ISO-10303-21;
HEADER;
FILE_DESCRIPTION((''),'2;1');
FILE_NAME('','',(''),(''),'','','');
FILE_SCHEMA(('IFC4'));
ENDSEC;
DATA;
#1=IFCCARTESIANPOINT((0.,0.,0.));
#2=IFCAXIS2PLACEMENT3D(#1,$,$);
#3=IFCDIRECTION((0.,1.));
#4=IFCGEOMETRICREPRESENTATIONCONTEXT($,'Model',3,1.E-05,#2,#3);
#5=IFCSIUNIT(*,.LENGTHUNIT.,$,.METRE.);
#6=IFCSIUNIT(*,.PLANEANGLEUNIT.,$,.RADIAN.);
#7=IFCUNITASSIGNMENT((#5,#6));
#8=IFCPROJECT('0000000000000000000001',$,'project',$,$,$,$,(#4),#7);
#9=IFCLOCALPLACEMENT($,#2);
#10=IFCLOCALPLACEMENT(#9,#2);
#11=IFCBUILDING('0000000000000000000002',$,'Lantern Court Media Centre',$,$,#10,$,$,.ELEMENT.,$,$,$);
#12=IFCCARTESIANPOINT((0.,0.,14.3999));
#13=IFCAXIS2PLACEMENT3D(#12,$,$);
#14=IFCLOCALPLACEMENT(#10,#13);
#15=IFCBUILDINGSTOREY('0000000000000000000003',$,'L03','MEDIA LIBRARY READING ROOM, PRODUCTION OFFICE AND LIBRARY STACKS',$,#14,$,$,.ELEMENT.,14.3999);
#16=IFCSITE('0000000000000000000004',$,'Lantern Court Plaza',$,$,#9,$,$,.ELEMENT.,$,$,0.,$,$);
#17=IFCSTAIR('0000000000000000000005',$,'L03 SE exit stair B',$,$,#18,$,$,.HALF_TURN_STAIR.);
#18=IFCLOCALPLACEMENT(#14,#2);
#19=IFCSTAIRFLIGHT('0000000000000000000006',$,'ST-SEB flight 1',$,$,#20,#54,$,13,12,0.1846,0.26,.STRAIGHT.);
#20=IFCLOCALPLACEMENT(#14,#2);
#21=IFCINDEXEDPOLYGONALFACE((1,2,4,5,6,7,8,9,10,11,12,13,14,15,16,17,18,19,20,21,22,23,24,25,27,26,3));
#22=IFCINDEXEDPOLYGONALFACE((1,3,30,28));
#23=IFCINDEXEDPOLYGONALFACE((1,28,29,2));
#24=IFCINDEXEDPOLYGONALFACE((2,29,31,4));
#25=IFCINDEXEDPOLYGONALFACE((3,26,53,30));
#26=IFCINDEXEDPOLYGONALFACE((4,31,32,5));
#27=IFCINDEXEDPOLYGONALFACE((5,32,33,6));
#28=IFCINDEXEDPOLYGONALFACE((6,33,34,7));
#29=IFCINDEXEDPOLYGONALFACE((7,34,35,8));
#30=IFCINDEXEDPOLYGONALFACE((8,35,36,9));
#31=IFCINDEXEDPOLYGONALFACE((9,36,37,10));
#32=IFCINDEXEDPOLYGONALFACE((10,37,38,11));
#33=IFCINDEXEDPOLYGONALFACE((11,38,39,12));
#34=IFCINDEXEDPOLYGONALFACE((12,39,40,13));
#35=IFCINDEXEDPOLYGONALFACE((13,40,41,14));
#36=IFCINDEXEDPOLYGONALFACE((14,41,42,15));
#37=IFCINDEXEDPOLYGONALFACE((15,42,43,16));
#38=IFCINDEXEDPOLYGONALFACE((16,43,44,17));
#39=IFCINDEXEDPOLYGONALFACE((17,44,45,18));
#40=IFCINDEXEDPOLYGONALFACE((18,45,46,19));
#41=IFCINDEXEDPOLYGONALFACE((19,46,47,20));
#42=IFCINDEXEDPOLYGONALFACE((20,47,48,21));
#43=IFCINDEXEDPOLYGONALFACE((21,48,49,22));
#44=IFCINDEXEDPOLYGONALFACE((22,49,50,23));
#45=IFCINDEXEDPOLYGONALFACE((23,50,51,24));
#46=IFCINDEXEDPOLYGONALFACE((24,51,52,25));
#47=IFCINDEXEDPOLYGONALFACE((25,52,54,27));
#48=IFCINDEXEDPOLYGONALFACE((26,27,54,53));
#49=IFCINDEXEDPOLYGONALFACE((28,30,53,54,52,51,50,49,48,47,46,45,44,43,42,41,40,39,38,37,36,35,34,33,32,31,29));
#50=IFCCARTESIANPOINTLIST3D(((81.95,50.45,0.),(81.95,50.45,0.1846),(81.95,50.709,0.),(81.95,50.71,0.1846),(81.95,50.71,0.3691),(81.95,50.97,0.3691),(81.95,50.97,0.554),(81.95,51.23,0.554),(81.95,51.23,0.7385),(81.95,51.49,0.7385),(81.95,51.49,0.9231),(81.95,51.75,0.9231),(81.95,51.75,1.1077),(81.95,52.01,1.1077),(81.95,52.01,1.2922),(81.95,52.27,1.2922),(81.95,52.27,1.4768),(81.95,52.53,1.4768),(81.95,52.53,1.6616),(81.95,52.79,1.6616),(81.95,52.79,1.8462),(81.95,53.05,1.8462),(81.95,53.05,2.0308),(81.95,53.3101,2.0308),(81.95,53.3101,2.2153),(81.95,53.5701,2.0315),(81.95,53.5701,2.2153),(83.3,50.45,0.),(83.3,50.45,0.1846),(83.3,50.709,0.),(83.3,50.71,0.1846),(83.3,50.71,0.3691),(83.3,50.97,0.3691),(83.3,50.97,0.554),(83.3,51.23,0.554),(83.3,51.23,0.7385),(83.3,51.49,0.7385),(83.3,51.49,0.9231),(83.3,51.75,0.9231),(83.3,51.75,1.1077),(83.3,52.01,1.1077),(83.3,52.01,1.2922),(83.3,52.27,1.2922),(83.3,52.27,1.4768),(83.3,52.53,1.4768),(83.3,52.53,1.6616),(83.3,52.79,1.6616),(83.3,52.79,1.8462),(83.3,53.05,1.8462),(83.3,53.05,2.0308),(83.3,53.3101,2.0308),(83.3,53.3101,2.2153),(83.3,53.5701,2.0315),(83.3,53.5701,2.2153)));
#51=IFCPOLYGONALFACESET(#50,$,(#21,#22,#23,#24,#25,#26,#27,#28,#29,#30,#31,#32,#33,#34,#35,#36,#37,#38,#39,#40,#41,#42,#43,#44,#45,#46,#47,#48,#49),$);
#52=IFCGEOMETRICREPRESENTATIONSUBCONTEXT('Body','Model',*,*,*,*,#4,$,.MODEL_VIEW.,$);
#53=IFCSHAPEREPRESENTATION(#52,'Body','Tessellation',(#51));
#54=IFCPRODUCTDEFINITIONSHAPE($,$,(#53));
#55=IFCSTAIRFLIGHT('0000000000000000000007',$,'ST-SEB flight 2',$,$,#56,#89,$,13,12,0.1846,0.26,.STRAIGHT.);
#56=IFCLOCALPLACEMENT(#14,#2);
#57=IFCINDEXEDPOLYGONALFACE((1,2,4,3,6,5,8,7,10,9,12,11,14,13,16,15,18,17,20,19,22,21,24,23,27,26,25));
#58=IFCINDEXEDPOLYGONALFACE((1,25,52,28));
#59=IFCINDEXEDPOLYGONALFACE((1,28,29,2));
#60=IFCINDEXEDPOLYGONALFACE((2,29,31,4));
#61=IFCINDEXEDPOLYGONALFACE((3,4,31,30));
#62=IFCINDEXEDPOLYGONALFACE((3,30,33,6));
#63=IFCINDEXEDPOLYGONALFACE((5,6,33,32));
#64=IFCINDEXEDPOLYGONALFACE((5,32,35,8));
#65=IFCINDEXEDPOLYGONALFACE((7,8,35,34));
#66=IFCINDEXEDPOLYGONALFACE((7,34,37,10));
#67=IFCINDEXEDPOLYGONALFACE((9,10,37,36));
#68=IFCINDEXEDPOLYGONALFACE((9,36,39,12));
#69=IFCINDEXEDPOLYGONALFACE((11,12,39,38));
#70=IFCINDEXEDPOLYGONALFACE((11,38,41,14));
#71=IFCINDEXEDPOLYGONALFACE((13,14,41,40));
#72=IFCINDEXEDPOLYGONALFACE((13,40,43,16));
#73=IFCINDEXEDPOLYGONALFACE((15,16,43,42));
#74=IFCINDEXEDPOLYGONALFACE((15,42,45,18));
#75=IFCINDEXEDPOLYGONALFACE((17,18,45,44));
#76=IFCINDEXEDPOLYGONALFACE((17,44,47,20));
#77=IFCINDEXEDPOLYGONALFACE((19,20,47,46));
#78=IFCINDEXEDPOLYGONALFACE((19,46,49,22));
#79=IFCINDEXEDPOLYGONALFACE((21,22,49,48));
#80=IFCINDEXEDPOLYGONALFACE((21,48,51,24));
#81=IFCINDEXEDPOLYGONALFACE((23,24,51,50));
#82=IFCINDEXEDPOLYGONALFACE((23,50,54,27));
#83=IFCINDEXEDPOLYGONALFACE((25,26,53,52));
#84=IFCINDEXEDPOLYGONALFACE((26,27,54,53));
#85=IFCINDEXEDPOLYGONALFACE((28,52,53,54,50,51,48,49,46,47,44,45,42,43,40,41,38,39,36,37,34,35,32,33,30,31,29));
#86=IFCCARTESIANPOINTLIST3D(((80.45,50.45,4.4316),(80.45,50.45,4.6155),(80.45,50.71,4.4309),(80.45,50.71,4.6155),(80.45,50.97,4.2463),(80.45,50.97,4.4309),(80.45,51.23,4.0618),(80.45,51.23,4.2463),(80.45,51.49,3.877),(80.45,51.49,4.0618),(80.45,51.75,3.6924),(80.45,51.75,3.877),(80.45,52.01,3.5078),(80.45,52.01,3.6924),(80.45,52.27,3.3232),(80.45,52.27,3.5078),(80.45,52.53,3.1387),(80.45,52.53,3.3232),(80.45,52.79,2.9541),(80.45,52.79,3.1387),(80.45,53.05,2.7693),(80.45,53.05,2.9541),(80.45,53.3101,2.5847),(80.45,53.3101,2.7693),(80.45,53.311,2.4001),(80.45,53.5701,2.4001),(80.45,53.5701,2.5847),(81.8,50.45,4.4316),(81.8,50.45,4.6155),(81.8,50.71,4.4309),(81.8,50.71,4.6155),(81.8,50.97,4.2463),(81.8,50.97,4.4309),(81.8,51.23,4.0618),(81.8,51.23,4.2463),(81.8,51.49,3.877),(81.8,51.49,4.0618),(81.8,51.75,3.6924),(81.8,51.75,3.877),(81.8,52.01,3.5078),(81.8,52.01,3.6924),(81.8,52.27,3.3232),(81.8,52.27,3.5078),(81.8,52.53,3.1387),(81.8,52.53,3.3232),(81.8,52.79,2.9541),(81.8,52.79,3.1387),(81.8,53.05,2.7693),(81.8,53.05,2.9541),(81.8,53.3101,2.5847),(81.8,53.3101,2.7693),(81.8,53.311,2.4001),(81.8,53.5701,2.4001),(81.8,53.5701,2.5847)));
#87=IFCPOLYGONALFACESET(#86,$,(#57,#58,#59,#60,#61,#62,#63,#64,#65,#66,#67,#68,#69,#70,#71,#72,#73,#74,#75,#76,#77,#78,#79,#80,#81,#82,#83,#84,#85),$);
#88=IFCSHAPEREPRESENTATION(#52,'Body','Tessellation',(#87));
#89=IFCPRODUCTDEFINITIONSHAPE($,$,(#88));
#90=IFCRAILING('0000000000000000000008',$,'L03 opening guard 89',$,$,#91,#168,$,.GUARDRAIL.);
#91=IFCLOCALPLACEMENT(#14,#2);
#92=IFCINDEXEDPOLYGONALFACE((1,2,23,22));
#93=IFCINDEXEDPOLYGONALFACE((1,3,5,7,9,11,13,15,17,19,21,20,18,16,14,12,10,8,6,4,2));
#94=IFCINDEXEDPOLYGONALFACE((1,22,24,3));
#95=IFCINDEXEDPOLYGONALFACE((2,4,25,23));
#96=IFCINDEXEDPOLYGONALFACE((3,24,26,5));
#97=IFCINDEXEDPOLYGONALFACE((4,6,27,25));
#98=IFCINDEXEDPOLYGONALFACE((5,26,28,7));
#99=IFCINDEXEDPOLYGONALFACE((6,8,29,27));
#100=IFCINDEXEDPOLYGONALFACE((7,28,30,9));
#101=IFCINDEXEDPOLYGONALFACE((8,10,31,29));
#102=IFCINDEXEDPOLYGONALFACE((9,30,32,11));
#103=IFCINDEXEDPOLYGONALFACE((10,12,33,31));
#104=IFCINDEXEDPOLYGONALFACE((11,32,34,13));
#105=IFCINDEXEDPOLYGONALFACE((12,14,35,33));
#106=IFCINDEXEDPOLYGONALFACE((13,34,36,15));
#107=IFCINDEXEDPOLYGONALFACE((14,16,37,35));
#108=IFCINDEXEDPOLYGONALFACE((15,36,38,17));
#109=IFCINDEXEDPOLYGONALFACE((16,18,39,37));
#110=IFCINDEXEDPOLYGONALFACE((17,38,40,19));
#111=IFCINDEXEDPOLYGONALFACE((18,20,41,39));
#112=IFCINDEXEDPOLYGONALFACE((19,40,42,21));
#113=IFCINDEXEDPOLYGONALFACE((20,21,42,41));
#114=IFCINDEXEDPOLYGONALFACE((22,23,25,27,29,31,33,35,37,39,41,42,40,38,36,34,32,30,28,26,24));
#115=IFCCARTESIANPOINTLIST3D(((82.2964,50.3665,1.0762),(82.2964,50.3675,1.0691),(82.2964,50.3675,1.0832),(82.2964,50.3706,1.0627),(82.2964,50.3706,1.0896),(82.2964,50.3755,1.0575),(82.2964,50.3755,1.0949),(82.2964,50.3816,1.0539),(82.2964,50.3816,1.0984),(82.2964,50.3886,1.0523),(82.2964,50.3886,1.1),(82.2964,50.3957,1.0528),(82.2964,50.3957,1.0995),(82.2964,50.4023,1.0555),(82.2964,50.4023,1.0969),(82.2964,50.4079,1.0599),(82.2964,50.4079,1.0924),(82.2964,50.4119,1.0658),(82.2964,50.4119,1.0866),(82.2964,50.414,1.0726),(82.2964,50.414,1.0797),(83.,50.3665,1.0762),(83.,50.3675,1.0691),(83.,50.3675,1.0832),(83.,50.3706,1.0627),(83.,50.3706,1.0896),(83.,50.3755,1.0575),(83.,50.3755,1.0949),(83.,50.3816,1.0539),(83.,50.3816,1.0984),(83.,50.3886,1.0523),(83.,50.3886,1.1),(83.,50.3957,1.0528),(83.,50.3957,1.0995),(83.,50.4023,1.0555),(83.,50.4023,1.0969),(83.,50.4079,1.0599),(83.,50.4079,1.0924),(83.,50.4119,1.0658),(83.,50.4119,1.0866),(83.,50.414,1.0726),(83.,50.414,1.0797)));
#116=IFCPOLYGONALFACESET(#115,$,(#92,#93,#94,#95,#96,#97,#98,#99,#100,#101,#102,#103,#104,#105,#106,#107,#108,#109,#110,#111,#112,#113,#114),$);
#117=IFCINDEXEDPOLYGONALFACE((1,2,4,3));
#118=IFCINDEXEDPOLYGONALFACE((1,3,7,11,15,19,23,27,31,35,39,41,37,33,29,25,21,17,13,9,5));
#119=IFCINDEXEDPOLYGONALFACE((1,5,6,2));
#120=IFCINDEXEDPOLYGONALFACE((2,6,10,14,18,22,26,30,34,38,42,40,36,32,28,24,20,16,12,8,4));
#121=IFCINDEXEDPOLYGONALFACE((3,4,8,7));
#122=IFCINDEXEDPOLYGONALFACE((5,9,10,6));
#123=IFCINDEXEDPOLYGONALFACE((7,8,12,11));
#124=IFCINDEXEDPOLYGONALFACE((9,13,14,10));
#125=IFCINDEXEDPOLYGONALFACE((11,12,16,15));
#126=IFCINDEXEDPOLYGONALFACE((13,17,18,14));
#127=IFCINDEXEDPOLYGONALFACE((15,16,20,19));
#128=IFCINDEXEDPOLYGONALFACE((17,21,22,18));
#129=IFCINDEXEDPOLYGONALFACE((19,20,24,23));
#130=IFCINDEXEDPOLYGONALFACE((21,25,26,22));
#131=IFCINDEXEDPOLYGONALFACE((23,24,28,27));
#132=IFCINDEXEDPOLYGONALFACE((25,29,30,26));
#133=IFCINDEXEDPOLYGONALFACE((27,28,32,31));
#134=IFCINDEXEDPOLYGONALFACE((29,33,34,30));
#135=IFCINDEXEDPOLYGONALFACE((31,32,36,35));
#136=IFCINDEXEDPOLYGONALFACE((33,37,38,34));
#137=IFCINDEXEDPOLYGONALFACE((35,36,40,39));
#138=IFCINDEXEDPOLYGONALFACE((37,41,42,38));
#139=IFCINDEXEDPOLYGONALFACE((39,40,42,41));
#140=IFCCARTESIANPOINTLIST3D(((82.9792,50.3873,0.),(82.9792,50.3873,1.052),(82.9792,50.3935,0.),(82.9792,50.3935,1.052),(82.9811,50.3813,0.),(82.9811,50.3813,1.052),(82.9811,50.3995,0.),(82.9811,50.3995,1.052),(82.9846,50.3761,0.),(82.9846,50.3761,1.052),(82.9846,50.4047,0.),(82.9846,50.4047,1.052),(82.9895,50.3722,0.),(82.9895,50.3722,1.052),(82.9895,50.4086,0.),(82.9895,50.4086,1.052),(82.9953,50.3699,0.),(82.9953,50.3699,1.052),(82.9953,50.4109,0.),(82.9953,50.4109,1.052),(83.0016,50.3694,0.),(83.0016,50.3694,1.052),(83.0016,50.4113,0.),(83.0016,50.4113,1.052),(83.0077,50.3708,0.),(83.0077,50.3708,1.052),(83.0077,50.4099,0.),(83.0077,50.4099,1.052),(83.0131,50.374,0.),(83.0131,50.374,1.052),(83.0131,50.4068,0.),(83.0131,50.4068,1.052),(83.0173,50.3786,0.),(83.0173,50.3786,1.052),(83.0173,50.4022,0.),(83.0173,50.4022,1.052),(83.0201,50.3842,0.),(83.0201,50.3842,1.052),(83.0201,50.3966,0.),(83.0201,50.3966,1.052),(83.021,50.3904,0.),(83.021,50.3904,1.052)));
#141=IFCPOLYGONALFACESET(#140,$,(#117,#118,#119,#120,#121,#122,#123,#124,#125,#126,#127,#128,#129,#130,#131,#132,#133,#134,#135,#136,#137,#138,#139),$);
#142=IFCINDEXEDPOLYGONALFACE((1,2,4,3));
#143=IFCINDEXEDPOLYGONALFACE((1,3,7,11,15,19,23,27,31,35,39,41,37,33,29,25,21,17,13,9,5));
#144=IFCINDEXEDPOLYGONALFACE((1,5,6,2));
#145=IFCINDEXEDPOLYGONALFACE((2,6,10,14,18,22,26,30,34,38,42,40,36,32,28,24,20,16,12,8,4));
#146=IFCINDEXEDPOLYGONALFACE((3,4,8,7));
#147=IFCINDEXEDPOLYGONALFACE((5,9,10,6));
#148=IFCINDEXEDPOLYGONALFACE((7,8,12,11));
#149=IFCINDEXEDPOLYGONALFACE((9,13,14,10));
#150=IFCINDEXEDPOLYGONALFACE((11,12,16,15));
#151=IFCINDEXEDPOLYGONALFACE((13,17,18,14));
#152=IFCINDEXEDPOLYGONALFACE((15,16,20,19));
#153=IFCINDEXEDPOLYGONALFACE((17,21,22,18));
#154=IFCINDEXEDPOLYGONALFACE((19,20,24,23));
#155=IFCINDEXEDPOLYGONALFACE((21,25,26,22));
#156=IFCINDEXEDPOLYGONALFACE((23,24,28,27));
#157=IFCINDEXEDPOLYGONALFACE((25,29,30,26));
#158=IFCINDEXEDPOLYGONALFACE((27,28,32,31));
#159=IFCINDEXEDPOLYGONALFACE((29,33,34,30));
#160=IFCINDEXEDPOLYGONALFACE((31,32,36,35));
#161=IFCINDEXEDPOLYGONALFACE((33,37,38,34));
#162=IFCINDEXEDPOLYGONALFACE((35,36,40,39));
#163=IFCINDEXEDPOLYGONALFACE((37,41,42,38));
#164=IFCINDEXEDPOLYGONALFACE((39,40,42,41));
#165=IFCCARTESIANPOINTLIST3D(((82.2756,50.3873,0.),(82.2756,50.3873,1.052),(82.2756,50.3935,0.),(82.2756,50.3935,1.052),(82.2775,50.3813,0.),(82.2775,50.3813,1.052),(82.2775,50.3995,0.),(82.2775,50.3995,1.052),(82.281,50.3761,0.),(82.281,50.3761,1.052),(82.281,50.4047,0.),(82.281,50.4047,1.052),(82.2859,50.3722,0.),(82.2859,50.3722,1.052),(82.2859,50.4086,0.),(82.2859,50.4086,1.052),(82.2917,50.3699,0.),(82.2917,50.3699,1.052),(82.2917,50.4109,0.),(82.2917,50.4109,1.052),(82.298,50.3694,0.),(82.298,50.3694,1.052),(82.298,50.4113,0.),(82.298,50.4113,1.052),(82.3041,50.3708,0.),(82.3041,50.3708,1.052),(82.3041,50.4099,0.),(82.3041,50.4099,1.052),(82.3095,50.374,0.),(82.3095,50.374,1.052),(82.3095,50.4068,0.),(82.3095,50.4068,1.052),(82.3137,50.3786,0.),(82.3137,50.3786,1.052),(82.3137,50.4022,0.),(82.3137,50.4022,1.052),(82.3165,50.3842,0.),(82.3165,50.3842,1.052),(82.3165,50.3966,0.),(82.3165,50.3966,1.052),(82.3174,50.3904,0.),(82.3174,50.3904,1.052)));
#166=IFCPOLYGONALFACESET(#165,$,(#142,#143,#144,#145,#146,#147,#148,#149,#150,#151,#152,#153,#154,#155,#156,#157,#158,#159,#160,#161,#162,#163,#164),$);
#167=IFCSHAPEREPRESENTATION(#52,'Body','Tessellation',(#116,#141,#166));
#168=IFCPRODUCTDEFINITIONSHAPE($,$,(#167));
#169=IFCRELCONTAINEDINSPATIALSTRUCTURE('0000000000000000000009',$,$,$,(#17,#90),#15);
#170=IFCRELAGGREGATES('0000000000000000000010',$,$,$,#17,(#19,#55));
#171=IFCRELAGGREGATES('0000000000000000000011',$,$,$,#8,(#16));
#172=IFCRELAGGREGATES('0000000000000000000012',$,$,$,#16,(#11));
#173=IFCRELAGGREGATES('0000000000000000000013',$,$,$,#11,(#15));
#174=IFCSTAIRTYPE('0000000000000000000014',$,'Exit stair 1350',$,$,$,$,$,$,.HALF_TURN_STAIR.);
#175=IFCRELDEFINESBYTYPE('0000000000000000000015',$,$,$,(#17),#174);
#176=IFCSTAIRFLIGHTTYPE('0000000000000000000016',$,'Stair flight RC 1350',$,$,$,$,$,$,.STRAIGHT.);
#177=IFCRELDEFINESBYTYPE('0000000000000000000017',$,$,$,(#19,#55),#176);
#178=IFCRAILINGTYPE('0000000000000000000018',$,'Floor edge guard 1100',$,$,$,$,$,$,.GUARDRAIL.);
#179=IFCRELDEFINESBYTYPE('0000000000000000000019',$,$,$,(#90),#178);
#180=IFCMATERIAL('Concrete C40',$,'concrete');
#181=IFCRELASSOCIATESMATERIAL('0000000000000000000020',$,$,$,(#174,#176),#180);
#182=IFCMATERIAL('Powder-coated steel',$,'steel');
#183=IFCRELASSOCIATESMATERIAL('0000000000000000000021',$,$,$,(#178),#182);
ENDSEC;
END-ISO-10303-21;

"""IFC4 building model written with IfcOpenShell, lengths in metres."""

from ifc_helpers import new_model, si_unit, direction, frame, origin, origin_2d, place, context, subcontext, project, spatial, polyline, circle, outline, extrude, material, type_object, element, aggregate, save


model = new_model("IFC4")

# Units and contexts
model_context = context("Model", 3, precision=1e-05, world=origin(), true_north=direction((0.0, 1.0)))
body_context = subcontext(model_context, "Body", "Model", "MODEL_VIEW")
ifc_project = project(units=[si_unit("LENGTHUNIT", "METRE"), si_unit("PLANEANGLEUNIT", "RADIAN")], contexts=[model_context])

# Site, building, storey
site_placement = place(None, origin())
site = spatial("IfcSite", under=ifc_project, at=site_placement, Name="Lantern Court Plaza", CompositionType="ELEMENT", RefElevation=0.0)
building_placement = place(site_placement, origin())
building = spatial("IfcBuilding", under=site, at=building_placement, Name="Lantern Court Media Centre", CompositionType="ELEMENT")
storey_placement = place(building_placement, frame((0.0, 0.0, 14.3999)))
storey = spatial("IfcBuildingStorey", under=building, at=storey_placement, Name="L03", Description="MEDIA LIBRARY READING ROOM, PRODUCTION OFFICE AND LIBRARY STACKS", CompositionType="ELEMENT", Elevation=14.3999)

# Shared definitions
ifc_material_1 = material(Name="Concrete C40", Category="concrete")

# Stair, stair flights
stair_type = type_object("IfcStairType", Name="Exit stair 1350", PredefinedType="HALF_TURN_STAIR", material=ifc_material_1)
stair_placement = place(storey_placement, origin())
stair = element("IfcStair", 1, at=stair_placement, inside=storey, type_object=stair_type, Name="L03 SE exit stair B", PredefinedType="HALF_TURN_STAIR")
stair_flight_type = type_object("IfcStairFlightType", Name="Stair flight RC 1350", PredefinedType="STRAIGHT", material=ifc_material_1)
stair_flight_1_placement = place(storey_placement, frame((82.625, 50.45, 0.0), z_axis=(0.0, 0.0, 1.0), x_axis=(0.0, 1.0, 0.0)))
stair_flight_1 = element("IfcStairFlight", 2, at=stair_flight_1_placement, type_object=stair_flight_type, Name="ST-SEB flight 1", NumberOfRisers=13, NumberOfTreads=12, PredefinedType="STRAIGHT", RiserHeight=0.1846, TreadLength=0.26, context=body_context, shape_type="SweptSolid", body=[
    extrude(outline(polyline([(0.0, 0.0), (0.0, 0.1846), (0.26, 0.1846), (0.26, 0.3691), (0.52, 0.3691), (0.52, 0.554), (0.78, 0.554), (0.78, 0.7385), (1.04, 0.7385), (1.04, 0.9231), (1.3, 0.9231), (1.3, 1.1077), (1.5601, 1.1077), (1.5601, 1.2922), (1.8201, 1.2922), (1.8201, 1.4768), (2.0801, 1.4768), (2.0801, 1.6616), (2.3401, 1.6616), (2.3401, 1.8462), (2.6001, 1.8462), (2.6001, 2.0308), (2.8601, 2.0308), (2.8601, 2.2153), (3.1201, 2.2153), (3.1201, 2.3999), (3.1201, 2.0315), (0.259, 0.0), (0.0, 0.0)])), frame((0.0, 0.675, 0.0), z_axis=(0.0, -1.0, 0.0), x_axis=(1.0, 0.0, 0.0)), (0.0, 0.0, 1.0), 1.3501),
])
stair_flight_2_placement = place(storey_placement, frame((81.125, 53.5701, 2.4001), z_axis=(0.0, 0.0, 1.0), x_axis=(0.0, -1.0, 0.0)))
stair_flight_2 = element("IfcStairFlight", 3, at=stair_flight_2_placement, type_object=stair_flight_type, Name="ST-SEB flight 2", NumberOfRisers=13, NumberOfTreads=12, PredefinedType="STRAIGHT", RiserHeight=0.1846, TreadLength=0.26, context=body_context, shape_type="SweptSolid", body=[
    extrude(outline(polyline([(0.0, 0.0), (0.0, 0.1846), (0.26, 0.1846), (0.26, 0.3691), (0.52, 0.3691), (0.52, 0.554), (0.78, 0.554), (0.78, 0.7385), (1.04, 0.7385), (1.04, 0.9231), (1.3, 0.9231), (1.3, 1.1077), (1.5601, 1.1077), (1.5601, 1.2922), (1.8201, 1.2922), (1.8201, 1.4768), (2.0801, 1.4768), (2.0801, 1.6616), (2.3401, 1.6616), (2.3401, 1.8462), (2.6001, 1.8462), (2.6001, 2.0308), (2.8601, 2.0308), (2.8601, 2.2153), (3.1201, 2.2153), (3.1201, 2.3999), (3.1201, 2.0315), (0.259, 0.0), (0.0, 0.0)])), frame((0.0, 0.675, 0.0), z_axis=(0.0, -1.0, 0.0), x_axis=(1.0, 0.0, 0.0)), (0.0, 0.0, 1.0), 1.3501),
])
aggregate(stair, [stair_flight_1, stair_flight_2])

# Railing
ifc_material_2 = material(Name="Powder-coated steel", Category="steel")
railing_type_1 = type_object("IfcRailingType", Name="Floor edge guard 1100", PredefinedType="GUARDRAIL", material=ifc_material_2)
for number, where, name in (
    (4, (83.0, 50.3904, 0.0), "L03 opening guard 89"),
):
    element("IfcRailing", number, at=place(storey_placement, frame(where)), inside=storey, type_object=railing_type_1, Name=name, PredefinedType="GUARDRAIL", context=body_context, shape_type="SweptSolid", body=[
        extrude(circle(Radius=0.0239, at=origin_2d()), frame((0.0, 0.0, 1.0762), z_axis=(-1.0, 0.0, 0.0), x_axis=(0.0, -1.0, 0.0)), (0.0, 0.0, 1.0), 0.7036),
        extrude(circle(Radius=0.021, at=origin_2d()), origin(), (0.0, 0.0, 1.0), 1.052),
        extrude(circle(Radius=0.021, at=origin_2d()), frame((-0.7036, 0.0, 0.0)), (0.0, 0.0, 1.0), 1.052),
    ])

save(model, "model.ifc")
